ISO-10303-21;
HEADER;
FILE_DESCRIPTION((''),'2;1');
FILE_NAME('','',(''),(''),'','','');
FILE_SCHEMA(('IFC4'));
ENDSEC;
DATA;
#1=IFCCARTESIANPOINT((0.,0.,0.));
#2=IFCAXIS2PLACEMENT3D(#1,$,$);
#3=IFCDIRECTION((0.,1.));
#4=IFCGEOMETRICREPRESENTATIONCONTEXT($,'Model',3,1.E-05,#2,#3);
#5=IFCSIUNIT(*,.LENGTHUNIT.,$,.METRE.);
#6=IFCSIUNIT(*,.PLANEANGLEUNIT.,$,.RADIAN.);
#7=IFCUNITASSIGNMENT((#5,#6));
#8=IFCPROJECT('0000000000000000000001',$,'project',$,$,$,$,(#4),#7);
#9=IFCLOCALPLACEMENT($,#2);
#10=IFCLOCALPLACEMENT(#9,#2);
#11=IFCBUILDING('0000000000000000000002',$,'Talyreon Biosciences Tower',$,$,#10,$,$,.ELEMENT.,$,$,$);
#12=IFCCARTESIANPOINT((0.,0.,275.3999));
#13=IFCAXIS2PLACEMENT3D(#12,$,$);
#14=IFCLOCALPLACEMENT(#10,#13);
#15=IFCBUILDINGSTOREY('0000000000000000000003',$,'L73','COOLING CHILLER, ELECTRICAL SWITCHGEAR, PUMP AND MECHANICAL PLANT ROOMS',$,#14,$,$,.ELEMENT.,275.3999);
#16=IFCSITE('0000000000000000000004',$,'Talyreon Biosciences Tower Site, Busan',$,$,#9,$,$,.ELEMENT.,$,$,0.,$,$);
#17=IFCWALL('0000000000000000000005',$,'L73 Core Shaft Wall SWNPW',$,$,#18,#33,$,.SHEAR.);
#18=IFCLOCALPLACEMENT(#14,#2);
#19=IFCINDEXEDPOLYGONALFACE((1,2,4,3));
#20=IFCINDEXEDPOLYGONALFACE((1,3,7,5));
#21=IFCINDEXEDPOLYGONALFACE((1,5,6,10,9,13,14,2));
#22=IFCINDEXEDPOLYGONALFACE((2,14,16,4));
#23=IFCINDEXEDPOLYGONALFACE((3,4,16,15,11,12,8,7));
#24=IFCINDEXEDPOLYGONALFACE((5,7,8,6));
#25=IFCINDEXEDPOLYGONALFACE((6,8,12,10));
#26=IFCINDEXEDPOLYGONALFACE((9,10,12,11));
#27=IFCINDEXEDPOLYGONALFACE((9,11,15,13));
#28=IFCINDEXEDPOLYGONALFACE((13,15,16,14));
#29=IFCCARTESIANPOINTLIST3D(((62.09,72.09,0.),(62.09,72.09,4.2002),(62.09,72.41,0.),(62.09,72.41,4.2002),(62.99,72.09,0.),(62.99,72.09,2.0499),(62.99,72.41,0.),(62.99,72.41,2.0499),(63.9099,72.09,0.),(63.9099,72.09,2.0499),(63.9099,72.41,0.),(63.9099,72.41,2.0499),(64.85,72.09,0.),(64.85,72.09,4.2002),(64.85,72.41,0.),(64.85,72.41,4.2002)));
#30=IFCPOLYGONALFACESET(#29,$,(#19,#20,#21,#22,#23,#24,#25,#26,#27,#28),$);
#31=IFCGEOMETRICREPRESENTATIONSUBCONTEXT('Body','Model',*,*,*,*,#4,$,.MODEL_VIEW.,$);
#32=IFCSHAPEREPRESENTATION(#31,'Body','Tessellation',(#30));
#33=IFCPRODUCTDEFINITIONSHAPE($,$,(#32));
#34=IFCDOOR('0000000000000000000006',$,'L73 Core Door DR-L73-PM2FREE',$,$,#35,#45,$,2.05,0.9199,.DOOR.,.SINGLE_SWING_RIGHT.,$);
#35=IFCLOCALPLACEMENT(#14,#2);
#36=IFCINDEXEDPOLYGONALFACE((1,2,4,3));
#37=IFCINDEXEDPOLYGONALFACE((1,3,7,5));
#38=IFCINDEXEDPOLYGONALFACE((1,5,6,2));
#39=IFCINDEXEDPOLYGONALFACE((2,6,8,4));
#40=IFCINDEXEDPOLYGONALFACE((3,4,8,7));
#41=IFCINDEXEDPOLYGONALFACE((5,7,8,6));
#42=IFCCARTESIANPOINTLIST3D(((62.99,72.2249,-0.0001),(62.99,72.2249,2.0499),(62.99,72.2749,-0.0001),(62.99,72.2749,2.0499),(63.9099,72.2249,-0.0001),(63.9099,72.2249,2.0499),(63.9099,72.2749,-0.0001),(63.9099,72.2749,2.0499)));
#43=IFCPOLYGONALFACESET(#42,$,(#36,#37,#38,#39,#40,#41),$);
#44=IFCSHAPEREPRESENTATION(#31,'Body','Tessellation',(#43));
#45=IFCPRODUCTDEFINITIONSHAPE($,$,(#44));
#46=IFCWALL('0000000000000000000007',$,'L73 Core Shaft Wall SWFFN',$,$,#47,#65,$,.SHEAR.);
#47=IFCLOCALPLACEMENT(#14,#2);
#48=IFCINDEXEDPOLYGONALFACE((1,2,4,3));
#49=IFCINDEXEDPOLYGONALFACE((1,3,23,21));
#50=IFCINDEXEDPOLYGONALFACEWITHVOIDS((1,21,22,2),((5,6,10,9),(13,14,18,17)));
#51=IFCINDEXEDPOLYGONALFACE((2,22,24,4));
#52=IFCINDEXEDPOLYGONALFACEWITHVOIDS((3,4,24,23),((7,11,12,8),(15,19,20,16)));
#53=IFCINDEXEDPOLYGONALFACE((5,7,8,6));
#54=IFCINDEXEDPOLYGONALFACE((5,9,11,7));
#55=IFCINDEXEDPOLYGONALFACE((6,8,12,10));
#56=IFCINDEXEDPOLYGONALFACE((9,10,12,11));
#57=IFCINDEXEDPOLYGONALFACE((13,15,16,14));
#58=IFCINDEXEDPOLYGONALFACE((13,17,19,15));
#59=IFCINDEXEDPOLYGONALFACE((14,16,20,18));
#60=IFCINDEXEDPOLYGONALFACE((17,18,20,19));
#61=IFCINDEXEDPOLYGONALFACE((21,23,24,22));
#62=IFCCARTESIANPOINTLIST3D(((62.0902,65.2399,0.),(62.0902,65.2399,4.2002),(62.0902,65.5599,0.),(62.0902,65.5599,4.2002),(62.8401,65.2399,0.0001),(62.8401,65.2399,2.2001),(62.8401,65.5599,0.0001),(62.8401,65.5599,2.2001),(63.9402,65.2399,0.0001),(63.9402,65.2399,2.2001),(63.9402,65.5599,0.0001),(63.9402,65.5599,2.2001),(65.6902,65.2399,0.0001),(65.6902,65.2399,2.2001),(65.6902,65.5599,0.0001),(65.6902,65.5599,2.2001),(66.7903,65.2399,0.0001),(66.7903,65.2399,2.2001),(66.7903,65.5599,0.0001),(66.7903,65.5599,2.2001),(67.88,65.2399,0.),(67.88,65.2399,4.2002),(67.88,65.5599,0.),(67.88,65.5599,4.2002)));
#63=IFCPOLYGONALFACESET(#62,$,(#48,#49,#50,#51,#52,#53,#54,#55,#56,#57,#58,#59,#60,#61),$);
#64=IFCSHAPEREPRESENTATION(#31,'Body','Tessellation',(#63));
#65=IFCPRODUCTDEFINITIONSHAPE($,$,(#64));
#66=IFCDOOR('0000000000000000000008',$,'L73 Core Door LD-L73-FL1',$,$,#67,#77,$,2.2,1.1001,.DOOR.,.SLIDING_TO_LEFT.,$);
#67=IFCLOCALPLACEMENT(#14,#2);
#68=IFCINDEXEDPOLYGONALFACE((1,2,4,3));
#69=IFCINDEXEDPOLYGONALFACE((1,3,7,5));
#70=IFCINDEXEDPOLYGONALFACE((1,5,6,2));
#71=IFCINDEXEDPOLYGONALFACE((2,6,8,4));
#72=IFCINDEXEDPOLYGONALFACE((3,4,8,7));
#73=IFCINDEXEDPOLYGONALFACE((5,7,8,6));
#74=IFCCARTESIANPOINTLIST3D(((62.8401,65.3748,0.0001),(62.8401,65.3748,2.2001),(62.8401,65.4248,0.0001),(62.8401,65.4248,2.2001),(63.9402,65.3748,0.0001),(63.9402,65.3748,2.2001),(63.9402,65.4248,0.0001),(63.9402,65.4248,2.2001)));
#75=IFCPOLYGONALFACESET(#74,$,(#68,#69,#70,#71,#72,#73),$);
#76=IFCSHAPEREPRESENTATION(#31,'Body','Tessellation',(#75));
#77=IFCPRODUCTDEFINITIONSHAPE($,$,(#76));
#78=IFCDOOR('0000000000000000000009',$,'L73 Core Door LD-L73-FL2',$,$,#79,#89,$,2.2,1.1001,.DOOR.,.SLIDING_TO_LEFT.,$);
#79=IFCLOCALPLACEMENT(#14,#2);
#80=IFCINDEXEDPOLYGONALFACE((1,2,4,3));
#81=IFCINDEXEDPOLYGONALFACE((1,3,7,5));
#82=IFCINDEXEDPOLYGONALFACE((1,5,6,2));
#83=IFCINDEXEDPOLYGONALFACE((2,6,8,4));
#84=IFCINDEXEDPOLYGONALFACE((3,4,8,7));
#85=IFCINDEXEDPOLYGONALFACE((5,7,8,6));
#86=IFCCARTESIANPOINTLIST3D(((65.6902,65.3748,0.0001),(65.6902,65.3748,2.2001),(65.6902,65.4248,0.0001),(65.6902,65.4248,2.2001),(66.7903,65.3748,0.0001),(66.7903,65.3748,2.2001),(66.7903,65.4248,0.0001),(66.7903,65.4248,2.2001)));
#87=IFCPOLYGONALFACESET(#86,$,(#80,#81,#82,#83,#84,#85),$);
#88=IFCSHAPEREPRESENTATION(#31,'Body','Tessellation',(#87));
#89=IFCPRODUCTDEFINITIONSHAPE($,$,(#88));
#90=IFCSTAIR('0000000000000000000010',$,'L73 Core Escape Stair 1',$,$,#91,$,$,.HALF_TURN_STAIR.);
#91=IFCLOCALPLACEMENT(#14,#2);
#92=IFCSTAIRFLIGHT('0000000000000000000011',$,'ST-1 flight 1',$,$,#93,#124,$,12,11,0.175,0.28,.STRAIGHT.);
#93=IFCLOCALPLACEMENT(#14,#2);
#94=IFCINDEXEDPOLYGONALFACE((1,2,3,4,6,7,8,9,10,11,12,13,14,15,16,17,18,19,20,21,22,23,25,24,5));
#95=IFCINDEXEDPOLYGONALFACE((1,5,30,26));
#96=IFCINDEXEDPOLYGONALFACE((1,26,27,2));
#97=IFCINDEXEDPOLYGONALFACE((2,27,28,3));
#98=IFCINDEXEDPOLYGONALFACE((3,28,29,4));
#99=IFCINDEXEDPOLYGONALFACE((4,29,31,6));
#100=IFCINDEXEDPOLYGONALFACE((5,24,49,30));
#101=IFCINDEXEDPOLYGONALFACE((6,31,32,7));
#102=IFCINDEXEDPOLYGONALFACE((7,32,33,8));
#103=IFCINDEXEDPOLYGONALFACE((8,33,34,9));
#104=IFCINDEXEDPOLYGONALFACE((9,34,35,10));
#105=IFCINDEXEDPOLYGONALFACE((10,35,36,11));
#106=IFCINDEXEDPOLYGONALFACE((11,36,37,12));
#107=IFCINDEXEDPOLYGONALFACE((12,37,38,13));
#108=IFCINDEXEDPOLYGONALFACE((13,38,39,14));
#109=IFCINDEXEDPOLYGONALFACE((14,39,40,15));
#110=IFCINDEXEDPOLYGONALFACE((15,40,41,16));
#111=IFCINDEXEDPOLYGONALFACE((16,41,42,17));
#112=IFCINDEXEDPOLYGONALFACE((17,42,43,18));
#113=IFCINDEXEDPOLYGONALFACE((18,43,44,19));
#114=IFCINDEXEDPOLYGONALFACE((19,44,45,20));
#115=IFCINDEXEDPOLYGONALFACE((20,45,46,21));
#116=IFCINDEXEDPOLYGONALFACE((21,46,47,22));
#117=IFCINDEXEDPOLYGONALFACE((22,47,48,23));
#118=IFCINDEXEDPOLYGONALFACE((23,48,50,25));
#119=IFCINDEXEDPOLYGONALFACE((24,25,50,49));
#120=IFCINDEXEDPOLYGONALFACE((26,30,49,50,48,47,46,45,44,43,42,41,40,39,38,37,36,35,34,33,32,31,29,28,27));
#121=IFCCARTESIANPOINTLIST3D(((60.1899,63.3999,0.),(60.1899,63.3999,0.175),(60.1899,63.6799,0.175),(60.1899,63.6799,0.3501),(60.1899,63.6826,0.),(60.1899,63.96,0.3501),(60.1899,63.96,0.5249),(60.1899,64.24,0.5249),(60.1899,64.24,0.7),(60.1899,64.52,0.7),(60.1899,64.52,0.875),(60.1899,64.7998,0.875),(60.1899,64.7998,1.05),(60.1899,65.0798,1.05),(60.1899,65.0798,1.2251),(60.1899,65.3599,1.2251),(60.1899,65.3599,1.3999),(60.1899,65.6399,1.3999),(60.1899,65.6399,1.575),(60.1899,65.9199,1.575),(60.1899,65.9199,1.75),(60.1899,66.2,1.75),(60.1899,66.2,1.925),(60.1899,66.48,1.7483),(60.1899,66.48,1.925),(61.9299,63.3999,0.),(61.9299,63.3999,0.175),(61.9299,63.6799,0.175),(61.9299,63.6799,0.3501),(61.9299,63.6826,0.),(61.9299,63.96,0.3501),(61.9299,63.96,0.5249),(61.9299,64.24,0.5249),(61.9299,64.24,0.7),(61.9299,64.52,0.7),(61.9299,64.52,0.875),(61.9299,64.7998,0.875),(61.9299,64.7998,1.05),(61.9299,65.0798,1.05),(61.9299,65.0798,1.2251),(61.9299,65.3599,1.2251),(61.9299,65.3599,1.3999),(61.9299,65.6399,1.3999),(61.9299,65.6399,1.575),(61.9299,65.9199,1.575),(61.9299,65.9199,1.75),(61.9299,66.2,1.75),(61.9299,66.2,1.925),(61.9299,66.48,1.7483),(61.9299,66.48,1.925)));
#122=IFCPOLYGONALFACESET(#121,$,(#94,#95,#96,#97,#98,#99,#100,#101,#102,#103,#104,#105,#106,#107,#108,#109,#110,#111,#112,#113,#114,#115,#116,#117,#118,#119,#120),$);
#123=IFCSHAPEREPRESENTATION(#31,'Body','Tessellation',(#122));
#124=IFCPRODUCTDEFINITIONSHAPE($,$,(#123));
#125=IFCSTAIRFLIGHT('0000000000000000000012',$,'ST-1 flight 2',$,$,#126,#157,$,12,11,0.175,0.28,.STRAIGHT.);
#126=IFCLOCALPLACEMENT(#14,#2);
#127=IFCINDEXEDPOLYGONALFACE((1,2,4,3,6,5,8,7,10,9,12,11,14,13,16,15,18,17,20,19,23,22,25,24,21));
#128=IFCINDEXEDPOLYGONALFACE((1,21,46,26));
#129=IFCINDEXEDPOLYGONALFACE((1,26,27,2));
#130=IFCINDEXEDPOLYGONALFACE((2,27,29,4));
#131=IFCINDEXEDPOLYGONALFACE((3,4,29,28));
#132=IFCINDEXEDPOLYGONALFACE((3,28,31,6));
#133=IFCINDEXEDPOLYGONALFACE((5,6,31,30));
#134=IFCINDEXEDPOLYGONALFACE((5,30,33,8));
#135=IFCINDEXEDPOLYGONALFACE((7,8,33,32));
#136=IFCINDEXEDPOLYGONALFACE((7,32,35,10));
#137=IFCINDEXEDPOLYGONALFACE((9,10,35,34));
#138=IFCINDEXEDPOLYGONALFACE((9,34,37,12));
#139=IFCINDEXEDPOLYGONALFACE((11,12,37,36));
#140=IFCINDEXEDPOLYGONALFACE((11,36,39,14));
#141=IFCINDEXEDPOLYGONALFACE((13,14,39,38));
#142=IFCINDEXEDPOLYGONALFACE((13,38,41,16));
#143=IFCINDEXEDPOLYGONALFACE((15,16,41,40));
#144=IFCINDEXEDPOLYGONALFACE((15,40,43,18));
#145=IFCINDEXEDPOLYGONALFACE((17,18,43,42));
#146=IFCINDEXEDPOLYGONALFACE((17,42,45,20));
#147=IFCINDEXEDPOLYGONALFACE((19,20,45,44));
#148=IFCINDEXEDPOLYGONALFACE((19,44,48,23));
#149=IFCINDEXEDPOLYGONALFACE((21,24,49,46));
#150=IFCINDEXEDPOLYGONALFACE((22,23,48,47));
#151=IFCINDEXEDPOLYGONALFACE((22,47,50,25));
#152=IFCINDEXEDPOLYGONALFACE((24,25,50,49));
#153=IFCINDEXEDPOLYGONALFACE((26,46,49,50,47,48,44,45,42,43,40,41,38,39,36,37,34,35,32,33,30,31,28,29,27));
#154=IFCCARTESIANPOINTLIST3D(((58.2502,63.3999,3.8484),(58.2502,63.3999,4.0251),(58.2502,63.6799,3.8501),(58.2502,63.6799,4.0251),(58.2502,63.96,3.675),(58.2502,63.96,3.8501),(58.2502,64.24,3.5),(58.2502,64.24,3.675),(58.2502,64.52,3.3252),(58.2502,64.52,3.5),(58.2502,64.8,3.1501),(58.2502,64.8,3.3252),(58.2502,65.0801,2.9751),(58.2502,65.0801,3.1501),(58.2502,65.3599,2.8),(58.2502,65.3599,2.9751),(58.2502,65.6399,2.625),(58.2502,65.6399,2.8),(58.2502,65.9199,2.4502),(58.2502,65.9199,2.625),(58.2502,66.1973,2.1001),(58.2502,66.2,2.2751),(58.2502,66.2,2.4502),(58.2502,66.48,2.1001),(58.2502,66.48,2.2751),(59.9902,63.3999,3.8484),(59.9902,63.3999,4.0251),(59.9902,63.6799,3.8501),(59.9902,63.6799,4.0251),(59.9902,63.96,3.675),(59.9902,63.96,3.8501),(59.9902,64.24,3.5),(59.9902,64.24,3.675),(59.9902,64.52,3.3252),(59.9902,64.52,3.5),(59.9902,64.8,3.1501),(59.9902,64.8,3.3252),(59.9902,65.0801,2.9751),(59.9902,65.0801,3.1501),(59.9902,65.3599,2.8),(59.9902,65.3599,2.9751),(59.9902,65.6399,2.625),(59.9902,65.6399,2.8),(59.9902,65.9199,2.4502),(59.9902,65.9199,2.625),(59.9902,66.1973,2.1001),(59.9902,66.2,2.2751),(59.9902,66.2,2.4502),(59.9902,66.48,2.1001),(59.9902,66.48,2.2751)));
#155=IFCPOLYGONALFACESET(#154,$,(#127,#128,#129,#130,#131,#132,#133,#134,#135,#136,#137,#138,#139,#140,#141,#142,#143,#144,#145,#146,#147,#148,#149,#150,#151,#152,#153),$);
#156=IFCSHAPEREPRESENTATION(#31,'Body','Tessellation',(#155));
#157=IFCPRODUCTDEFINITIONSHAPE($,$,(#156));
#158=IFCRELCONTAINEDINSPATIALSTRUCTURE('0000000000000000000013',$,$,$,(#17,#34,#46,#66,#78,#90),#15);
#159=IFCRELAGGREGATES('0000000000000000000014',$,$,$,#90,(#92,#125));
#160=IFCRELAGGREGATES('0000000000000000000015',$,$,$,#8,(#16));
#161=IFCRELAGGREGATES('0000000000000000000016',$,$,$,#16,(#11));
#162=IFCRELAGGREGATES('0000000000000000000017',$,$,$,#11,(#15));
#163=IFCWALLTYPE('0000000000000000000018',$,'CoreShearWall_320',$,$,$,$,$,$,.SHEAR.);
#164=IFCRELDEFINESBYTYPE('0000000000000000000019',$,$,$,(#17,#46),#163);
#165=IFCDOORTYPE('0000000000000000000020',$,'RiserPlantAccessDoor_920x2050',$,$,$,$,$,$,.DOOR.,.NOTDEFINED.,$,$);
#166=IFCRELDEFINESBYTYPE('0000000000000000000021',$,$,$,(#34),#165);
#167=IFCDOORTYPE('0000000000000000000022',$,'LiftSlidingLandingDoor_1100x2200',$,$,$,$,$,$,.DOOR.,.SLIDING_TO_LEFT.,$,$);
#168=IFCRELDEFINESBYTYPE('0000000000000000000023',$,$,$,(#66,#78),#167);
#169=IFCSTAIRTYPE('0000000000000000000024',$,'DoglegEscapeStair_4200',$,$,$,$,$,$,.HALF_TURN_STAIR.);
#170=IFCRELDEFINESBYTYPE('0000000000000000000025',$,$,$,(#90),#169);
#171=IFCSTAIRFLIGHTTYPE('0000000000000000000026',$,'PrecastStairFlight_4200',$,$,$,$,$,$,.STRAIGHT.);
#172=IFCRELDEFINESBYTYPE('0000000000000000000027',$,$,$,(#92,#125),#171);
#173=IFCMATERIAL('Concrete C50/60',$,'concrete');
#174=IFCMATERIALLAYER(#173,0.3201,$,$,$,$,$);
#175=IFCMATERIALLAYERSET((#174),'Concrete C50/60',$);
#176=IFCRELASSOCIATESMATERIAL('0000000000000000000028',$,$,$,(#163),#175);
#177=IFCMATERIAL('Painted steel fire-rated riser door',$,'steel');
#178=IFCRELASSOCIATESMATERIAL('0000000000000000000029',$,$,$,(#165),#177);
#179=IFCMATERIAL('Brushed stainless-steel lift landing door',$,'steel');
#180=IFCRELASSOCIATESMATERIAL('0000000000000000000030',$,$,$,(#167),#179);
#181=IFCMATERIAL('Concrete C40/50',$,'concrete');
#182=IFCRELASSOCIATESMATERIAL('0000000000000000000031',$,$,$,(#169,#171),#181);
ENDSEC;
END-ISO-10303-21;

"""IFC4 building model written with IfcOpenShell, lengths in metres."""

from ifc_helpers import new_model, si_unit, direction, frame, frame_2d, origin, place, context, subcontext, project, spatial, polyline, rectangle, outline, extrude, material, layer, layer_set, type_object, element, fill, aggregate, save


model = new_model("IFC4")

# Units and contexts
model_context = context("Model", 3, precision=1e-05, world=origin(), true_north=direction((0.0, 1.0)))
body_context = subcontext(model_context, "Body", "Model", "MODEL_VIEW")
ifc_project = project(units=[si_unit("LENGTHUNIT", "METRE"), si_unit("PLANEANGLEUNIT", "RADIAN")], contexts=[model_context])

# Site, building, storey
site_placement = place(None, origin())
site = spatial("IfcSite", under=ifc_project, at=site_placement, Name="Talyreon Biosciences Tower Site, Busan", CompositionType="ELEMENT", RefElevation=0.0)
building_placement = place(site_placement, origin())
building = spatial("IfcBuilding", under=site, at=building_placement, Name="Talyreon Biosciences Tower", CompositionType="ELEMENT")
storey_placement = place(building_placement, frame((0.0, 0.0, 275.3999)))
storey = spatial("IfcBuildingStorey", under=building, at=storey_placement, Name="L73", Description="COOLING CHILLER, ELECTRICAL SWITCHGEAR, PUMP AND MECHANICAL PLANT ROOMS", CompositionType="ELEMENT", Elevation=275.3999)

# Shared definitions
ifc_material_1 = material(Name="Concrete C50/60", Category="concrete")

# Shared definitions
ifc_layer_1 = layer(ifc_material_1, 0.3201)
ifc_layer_set_1 = layer_set([ifc_layer_1], Name="Concrete C50/60")
wall_type_1 = type_object("IfcWallType", Name="CoreShearWall_320", PredefinedType="SHEAR", material=ifc_layer_set_1)

# Wall, opening, door
wall_1_placement = place(storey_placement, frame((62.0901, 72.25, 0.0), z_axis=(0.0, 0.0, 1.0), x_axis=(1.0, 0.0, 0.0)))
wall_1 = element("IfcWall", 1, at=wall_1_placement, inside=storey, type_object=wall_type_1, Name="L73 Core Shaft Wall SWNPW", PredefinedType="SHEAR", context=body_context, shape_type="SweptSolid", body=[
    extrude(rectangle(XDim=2.76, YDim=0.3201, at=frame_2d((1.3799, 0.0))), origin(), (0.0, 0.0, 1.0), 4.2002),
])
opening_1_placement = place(wall_1_placement, frame((0.8999, 0.0, 0.0)))
opening_1 = element("IfcOpeningElement", 2, at=opening_1_placement, cuts=wall_1, PredefinedType="OPENING", context=body_context, shape_type="SweptSolid", body=[
    extrude(rectangle(XDim=0.9199, YDim=2.05, at=frame_2d((0.46, 1.0249))), frame((0.0, 0.1699, 0.0), z_axis=(0.0, -1.0, 0.0), x_axis=(1.0, 0.0, 0.0)), (0.0, 0.0, 1.0), 0.3401),
])
ifc_material_2 = material(Name="Painted steel fire-rated riser door", Category="steel")
door_type_1 = type_object("IfcDoorType", Name="RiserPlantAccessDoor_920x2050", OperationType="NOTDEFINED", PredefinedType="DOOR", material=ifc_material_2)
door_1_placement = place(opening_1_placement, origin())
door_1 = element("IfcDoor", 3, at=door_1_placement, inside=storey, type_object=door_type_1, Name="L73 Core Door DR-L73-PM2FREE", OperationType="SINGLE_SWING_RIGHT", OverallHeight=2.05, OverallWidth=0.9199, PredefinedType="DOOR", context=body_context, shape_type="SweptSolid", body=[
    extrude(rectangle(XDim=0.9199, YDim=2.05, at=frame_2d((0.46, 1.0249))), frame((0.0, 0.0249, 0.0), z_axis=(0.0, -1.0, 0.0), x_axis=(1.0, 0.0, 0.0)), (0.0, 0.0, 1.0), 0.05),
])
fill(opening_1, door_1)

# Wall, openings, doors
wall_2_placement = place(storey_placement, frame((62.0901, 65.3999, 0.0), z_axis=(0.0, 0.0, 1.0), x_axis=(1.0, 0.0, 0.0)))
wall_2 = element("IfcWall", 4, at=wall_2_placement, inside=storey, type_object=wall_type_1, Name="L73 Core Shaft Wall SWFFN", PredefinedType="SHEAR", context=body_context, shape_type="SweptSolid", body=[
    extrude(rectangle(XDim=5.7898, YDim=0.3201, at=frame_2d((2.895, 0.0))), origin(), (0.0, 0.0, 1.0), 4.2002),
])
opening_2_placement = place(wall_2_placement, frame((0.75, 0.0, 0.0)))
opening_2 = element("IfcOpeningElement", 5, at=opening_2_placement, cuts=wall_2, PredefinedType="OPENING", context=body_context, shape_type="SweptSolid", body=[
    extrude(rectangle(XDim=1.1001, YDim=2.2, at=frame_2d((0.55, 1.1001))), frame((0.0, 0.1699, 0.0), z_axis=(0.0, -1.0, 0.0), x_axis=(1.0, 0.0, 0.0)), (0.0, 0.0, 1.0), 0.3401),
])
opening_3_placement = place(wall_2_placement, frame((3.6001, 0.0, 0.0)))
opening_3 = element("IfcOpeningElement", 6, at=opening_3_placement, cuts=wall_2, PredefinedType="OPENING", context=body_context, shape_type="SweptSolid", body=[
    extrude(rectangle(XDim=1.1001, YDim=2.2, at=frame_2d((0.55, 1.1001))), frame((0.0, 0.1699, 0.0), z_axis=(0.0, -1.0, 0.0), x_axis=(1.0, 0.0, 0.0)), (0.0, 0.0, 1.0), 0.3401),
])
ifc_material_3 = material(Name="Brushed stainless-steel lift landing door", Category="steel")
door_type_2 = type_object("IfcDoorType", Name="LiftSlidingLandingDoor_1100x2200", OperationType="SLIDING_TO_LEFT", PredefinedType="DOOR", material=ifc_material_3)
door_2_placement = place(opening_2_placement, origin())
door_2 = element("IfcDoor", 7, at=door_2_placement, inside=storey, type_object=door_type_2, Name="L73 Core Door LD-L73-FL1", OperationType="SLIDING_TO_LEFT", OverallHeight=2.2, OverallWidth=1.1001, PredefinedType="DOOR", context=body_context, shape_type="SweptSolid", body=[
    extrude(rectangle(XDim=1.1001, YDim=2.2, at=frame_2d((0.55, 1.1001))), frame((0.0, 0.0249, 0.0), z_axis=(0.0, -1.0, 0.0), x_axis=(1.0, 0.0, 0.0)), (0.0, 0.0, 1.0), 0.05),
])
fill(opening_2, door_2)
door_3_placement = place(opening_3_placement, origin())
door_3 = element("IfcDoor", 8, at=door_3_placement, inside=storey, type_object=door_type_2, Name="L73 Core Door LD-L73-FL2", OperationType="SLIDING_TO_LEFT", OverallHeight=2.2, OverallWidth=1.1001, PredefinedType="DOOR", context=body_context, shape_type="SweptSolid", body=[
    extrude(rectangle(XDim=1.1001, YDim=2.2, at=frame_2d((0.55, 1.1001))), frame((0.0, 0.0249, 0.0), z_axis=(0.0, -1.0, 0.0), x_axis=(1.0, 0.0, 0.0)), (0.0, 0.0, 1.0), 0.05),
])
fill(opening_3, door_3)

# Stair, stair flights
ifc_material_4 = material(Name="Concrete C40/50", Category="concrete")
stair_type = type_object("IfcStairType", Name="DoglegEscapeStair_4200", PredefinedType="HALF_TURN_STAIR", material=ifc_material_4)
stair_placement = place(storey_placement, origin())
stair = element("IfcStair", 9, at=stair_placement, inside=storey, type_object=stair_type, Name="L73 Core Escape Stair 1", PredefinedType="HALF_TURN_STAIR")
stair_flight_type = type_object("IfcStairFlightType", Name="PrecastStairFlight_4200", PredefinedType="STRAIGHT", material=ifc_material_4)
stair_flight_1_placement = place(storey_placement, frame((61.0601, 63.3999, 0.0), z_axis=(0.0, 0.0, 1.0), x_axis=(0.0, 1.0, 0.0)))
stair_flight_1 = element("IfcStairFlight", 10, at=stair_flight_1_placement, type_object=stair_flight_type, Name="ST-1 flight 1", NumberOfRisers=12, NumberOfTreads=11, PredefinedType="STRAIGHT", RiserHeight=0.175, TreadLength=0.28, context=body_context, shape_type="SweptSolid", body=[
    extrude(outline(polyline([(0.0, 0.0), (0.0, 0.175), (0.28, 0.175), (0.28, 0.3501), (0.5601, 0.3501), (0.5601, 0.5249), (0.8401, 0.5249), (0.8401, 0.7), (1.1201, 0.7), (1.1201, 0.875), (1.3999, 0.875), (1.3999, 1.05), (1.6799, 1.05), (1.6799, 1.2251), (1.96, 1.2251), (1.96, 1.3999), (2.24, 1.3999), (2.24, 1.575), (2.52, 1.575), (2.52, 1.75), (2.8, 1.75), (2.8, 1.925), (3.0801, 1.925), (3.0801, 2.1001), (3.0801, 1.7483), (0.2827, 0.0), (0.0, 0.0)])), frame((0.0, 0.8701, 0.0), z_axis=(0.0, -1.0, 0.0), x_axis=(1.0, 0.0, 0.0)), (0.0, 0.0, 1.0), 1.74),
])
stair_flight_2_placement = place(storey_placement, frame((59.1201, 66.48, 2.1001), z_axis=(0.0, 0.0, 1.0), x_axis=(0.0, -1.0, 0.0)))
stair_flight_2 = element("IfcStairFlight", 11, at=stair_flight_2_placement, type_object=stair_flight_type, Name="ST-1 flight 2", NumberOfRisers=12, NumberOfTreads=11, PredefinedType="STRAIGHT", RiserHeight=0.175, TreadLength=0.28, context=body_context, shape_type="SweptSolid", body=[
    extrude(outline(polyline([(0.0, 0.0), (0.0, 0.175), (0.28, 0.175), (0.28, 0.3501), (0.5601, 0.3501), (0.5601, 0.5249), (0.8401, 0.5249), (0.8401, 0.7), (1.1201, 0.7), (1.1201, 0.875), (1.3999, 0.875), (1.3999, 1.05), (1.6799, 1.05), (1.6799, 1.2251), (1.96, 1.2251), (1.96, 1.3999), (2.24, 1.3999), (2.24, 1.575), (2.52, 1.575), (2.52, 1.75), (2.8, 1.75), (2.8, 1.925), (3.0801, 1.925), (3.0801, 2.1001), (3.0801, 1.7483), (0.2827, 0.0), (0.0, 0.0)])), frame((0.0, 0.8701, 0.0), z_axis=(0.0, -1.0, 0.0), x_axis=(1.0, 0.0, 0.0)), (0.0, 0.0, 1.0), 1.74),
])
aggregate(stair, [stair_flight_1, stair_flight_2])

save(model, "model.ifc")
